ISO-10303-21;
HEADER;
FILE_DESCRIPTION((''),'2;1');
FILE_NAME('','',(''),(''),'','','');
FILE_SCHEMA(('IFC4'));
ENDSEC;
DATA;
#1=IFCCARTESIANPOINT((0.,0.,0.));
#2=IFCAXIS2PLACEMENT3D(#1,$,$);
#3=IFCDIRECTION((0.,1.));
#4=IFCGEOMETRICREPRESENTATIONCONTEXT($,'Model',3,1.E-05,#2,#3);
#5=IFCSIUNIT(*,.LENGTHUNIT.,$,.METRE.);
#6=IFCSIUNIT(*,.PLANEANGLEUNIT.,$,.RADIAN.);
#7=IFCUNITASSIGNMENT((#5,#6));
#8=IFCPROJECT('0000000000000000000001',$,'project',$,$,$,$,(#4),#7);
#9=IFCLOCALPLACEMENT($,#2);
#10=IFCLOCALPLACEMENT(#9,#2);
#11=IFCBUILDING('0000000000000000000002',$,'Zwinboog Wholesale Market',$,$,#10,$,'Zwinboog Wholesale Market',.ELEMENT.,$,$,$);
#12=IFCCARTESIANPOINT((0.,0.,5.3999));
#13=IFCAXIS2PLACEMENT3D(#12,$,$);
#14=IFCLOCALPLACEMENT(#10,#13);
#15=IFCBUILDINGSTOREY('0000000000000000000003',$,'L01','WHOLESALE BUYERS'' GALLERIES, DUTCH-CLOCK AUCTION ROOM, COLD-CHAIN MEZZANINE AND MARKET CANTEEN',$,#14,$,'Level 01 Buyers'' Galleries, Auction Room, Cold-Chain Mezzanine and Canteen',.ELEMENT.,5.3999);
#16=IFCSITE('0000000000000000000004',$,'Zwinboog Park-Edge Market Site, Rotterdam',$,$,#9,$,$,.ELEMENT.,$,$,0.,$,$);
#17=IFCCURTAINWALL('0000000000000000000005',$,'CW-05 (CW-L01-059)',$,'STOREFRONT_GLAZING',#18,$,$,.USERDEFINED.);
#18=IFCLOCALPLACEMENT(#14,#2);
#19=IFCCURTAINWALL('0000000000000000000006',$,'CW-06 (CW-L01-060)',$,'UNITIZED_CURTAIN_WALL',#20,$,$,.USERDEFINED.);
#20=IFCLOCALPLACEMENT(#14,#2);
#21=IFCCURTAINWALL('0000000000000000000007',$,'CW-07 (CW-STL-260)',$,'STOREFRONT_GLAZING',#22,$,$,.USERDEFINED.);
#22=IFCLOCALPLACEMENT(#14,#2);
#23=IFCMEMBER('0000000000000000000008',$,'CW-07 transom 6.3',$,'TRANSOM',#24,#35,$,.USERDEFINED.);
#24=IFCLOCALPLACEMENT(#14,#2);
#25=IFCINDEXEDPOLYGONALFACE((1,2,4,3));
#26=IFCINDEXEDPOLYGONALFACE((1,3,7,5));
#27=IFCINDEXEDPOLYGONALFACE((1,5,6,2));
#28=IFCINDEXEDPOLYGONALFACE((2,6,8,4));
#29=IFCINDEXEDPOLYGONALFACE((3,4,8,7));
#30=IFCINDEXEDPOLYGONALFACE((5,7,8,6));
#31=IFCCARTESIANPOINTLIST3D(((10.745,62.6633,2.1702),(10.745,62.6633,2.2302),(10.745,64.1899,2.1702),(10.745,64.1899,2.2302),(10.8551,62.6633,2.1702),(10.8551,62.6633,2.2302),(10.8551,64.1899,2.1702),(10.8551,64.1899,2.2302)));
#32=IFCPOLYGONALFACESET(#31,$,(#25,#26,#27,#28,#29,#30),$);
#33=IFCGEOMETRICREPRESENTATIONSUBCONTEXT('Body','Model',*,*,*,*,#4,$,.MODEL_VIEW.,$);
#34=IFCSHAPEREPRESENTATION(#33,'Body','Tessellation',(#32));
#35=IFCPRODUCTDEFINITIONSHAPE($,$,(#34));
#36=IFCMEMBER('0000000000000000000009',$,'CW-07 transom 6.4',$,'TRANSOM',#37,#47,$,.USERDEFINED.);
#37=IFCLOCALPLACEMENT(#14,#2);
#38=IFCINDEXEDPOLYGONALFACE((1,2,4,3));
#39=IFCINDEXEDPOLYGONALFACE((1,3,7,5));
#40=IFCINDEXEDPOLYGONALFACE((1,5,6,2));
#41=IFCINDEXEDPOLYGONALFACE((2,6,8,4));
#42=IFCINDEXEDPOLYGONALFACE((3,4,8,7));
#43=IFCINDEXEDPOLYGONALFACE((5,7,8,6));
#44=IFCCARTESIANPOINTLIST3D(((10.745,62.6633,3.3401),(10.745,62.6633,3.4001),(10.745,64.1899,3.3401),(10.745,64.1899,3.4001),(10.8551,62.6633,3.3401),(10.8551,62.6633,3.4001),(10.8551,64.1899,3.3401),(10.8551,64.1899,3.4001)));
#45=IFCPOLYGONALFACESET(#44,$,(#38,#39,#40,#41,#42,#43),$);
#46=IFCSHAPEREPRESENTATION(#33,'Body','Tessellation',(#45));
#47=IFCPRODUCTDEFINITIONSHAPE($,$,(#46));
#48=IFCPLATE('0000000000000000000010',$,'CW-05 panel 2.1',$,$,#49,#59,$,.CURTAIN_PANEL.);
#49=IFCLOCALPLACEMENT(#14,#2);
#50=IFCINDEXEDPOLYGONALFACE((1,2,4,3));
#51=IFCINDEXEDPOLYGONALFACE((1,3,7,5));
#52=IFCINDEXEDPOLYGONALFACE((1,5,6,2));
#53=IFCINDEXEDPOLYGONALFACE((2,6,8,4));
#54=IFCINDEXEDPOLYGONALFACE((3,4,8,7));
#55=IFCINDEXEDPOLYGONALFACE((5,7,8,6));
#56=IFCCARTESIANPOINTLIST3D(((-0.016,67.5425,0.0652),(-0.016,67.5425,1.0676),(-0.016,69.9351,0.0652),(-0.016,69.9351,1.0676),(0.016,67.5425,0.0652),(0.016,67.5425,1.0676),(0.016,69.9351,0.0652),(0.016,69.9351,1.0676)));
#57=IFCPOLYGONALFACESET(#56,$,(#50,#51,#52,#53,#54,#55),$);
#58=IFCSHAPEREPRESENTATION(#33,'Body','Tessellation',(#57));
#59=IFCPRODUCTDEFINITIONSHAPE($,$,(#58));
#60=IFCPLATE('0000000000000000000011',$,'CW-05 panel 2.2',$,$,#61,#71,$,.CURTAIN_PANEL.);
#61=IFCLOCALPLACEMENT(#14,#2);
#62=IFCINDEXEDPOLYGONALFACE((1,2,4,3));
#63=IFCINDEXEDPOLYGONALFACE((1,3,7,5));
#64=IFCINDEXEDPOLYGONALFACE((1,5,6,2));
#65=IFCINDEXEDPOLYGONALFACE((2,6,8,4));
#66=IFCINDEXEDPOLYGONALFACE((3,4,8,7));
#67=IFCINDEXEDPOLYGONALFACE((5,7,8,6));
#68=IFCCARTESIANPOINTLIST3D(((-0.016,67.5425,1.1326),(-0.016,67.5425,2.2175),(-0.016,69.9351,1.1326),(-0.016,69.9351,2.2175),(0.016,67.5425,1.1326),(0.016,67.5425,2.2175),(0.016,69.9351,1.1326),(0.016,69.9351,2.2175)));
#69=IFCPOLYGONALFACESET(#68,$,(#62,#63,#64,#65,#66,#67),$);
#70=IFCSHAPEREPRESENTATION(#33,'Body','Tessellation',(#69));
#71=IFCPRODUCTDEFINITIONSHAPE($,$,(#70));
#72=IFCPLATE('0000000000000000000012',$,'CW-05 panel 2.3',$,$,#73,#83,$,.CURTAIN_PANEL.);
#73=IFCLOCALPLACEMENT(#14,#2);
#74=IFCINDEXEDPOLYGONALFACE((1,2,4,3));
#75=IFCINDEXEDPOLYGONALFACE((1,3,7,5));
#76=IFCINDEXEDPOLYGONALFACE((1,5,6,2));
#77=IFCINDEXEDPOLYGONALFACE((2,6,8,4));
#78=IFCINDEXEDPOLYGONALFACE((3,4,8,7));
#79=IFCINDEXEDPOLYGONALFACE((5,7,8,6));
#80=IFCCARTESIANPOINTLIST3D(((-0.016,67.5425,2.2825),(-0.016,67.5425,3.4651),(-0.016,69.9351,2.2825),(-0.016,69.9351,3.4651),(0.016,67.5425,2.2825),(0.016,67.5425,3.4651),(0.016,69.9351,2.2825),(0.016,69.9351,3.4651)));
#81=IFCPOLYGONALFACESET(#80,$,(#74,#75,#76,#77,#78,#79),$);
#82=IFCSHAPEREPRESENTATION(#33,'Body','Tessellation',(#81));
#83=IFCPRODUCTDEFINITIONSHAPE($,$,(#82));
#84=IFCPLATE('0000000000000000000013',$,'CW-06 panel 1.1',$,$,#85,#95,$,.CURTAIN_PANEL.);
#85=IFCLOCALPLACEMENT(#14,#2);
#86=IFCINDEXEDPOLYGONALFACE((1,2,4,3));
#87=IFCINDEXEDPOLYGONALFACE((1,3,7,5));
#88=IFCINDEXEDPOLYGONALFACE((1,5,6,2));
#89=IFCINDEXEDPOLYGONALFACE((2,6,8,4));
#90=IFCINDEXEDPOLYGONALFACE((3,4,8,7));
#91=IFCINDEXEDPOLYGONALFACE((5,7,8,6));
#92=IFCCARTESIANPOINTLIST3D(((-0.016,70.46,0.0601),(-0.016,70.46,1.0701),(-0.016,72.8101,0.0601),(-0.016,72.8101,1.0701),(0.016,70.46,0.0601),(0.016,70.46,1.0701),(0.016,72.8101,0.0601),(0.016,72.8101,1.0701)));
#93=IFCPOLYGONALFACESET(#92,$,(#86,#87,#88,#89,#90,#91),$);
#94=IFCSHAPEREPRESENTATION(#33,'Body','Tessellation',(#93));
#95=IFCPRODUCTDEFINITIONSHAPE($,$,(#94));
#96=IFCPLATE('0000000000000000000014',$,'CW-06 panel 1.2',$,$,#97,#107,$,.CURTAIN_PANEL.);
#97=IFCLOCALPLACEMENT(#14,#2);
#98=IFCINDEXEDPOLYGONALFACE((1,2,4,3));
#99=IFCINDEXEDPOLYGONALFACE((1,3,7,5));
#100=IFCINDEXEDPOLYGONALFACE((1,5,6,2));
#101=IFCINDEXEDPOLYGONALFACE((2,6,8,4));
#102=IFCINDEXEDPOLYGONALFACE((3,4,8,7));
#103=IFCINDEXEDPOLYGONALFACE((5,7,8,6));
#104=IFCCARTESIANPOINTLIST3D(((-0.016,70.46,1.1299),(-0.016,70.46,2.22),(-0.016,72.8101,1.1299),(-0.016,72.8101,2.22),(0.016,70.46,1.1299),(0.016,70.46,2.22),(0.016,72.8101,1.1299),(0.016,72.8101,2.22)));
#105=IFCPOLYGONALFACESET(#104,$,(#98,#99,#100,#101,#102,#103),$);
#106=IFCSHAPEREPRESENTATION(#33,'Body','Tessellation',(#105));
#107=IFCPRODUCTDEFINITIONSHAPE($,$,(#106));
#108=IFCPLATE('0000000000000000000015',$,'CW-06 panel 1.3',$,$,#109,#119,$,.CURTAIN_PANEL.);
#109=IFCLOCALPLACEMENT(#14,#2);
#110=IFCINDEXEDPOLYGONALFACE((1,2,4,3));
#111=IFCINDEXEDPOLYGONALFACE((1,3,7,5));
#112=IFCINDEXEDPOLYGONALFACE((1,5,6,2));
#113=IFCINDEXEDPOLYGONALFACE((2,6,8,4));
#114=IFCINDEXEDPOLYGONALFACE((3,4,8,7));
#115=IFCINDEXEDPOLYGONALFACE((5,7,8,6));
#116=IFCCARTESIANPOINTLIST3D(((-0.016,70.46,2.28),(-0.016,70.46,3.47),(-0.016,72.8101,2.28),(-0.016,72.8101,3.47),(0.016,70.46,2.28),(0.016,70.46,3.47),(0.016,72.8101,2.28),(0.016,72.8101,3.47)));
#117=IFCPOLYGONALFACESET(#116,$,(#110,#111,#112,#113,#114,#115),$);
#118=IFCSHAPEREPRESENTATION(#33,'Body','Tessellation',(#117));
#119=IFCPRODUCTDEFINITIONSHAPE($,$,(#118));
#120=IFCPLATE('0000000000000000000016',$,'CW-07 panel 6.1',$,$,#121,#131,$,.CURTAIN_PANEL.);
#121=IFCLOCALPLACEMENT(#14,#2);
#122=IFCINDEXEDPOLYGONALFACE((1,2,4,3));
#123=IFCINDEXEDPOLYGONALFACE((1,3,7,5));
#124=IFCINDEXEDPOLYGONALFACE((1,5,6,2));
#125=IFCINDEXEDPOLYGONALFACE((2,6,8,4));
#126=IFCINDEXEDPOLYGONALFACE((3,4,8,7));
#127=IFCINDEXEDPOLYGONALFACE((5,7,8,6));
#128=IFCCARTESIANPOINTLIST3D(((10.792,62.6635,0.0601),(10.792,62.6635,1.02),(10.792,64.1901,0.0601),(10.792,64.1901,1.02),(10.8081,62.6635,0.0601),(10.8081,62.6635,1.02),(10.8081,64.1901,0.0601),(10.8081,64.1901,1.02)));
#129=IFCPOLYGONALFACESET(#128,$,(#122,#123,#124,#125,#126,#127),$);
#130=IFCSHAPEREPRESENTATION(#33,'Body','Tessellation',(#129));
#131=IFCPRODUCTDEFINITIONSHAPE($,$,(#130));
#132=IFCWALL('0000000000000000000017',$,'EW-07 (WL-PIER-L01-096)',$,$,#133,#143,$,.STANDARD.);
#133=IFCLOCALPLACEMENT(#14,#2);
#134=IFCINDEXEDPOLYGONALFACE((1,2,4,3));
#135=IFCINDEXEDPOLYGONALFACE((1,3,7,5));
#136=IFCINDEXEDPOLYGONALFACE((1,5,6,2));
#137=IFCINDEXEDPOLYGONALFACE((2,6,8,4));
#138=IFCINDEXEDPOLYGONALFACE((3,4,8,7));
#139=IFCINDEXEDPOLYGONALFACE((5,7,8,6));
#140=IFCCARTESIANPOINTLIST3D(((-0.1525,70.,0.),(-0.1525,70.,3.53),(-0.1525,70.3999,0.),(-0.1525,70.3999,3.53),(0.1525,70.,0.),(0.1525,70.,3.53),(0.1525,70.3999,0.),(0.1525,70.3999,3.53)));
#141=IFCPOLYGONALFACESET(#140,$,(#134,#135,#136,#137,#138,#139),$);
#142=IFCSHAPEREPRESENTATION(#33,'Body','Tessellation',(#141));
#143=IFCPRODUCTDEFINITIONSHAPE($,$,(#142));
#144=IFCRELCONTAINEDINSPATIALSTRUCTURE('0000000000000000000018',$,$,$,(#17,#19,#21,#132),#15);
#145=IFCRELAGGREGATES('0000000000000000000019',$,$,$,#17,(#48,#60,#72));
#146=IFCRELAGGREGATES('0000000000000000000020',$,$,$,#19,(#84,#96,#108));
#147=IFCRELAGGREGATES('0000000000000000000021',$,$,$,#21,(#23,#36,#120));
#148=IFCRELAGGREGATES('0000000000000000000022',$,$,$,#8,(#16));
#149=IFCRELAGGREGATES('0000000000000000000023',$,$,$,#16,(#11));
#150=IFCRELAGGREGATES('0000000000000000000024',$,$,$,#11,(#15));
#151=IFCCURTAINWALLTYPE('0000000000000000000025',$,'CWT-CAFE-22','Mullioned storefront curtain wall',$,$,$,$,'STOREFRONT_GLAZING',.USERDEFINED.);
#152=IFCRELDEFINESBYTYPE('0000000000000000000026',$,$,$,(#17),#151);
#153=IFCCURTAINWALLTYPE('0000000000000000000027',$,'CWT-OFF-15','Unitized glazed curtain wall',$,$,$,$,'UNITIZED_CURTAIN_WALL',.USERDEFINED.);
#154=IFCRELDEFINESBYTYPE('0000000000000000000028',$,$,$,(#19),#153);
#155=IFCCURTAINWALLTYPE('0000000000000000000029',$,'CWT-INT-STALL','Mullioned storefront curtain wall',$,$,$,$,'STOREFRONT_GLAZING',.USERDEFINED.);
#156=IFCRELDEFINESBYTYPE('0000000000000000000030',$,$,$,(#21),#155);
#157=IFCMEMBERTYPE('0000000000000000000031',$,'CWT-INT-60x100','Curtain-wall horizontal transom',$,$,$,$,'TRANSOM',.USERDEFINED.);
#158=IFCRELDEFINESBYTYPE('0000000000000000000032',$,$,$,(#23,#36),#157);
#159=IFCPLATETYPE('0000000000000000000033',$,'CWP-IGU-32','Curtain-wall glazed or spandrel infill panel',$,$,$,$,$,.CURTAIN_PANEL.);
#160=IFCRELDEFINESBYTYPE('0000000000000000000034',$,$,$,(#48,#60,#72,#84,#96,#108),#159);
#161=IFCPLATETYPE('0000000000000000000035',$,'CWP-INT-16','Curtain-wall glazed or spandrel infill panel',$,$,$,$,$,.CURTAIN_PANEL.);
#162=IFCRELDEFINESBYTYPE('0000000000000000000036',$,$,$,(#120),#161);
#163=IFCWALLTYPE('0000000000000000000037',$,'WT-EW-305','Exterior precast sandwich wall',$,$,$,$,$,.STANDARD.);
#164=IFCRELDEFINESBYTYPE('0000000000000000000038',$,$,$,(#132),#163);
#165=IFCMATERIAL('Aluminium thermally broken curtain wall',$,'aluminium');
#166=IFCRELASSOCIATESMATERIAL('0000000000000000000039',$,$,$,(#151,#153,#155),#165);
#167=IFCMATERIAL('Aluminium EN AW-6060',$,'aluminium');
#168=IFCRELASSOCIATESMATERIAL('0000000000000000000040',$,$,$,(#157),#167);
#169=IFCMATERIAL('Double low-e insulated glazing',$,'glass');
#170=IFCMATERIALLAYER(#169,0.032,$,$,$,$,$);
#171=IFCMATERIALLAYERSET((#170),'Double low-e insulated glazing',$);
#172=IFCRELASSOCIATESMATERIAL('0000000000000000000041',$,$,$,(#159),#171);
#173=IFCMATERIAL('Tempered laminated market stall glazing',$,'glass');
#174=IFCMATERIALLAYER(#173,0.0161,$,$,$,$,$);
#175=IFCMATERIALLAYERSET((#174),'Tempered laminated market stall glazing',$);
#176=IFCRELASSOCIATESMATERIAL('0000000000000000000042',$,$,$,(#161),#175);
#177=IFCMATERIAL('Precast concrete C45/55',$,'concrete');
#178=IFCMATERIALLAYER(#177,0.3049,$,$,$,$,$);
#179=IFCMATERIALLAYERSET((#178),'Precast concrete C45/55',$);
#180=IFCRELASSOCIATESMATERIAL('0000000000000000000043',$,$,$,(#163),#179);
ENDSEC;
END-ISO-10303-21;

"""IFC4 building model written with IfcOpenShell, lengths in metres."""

from ifc_helpers import new_model, si_unit, direction, frame, frame_2d, origin, origin_2d, place, context, subcontext, project, spatial, rectangle, extrude, material, layer, layer_set, material_profile, profile_set, type_object, element, aggregate, save


model = new_model("IFC4")

# Units and contexts
model_context = context("Model", 3, precision=1e-05, world=origin(), true_north=direction((0.0, 1.0)))
body_context = subcontext(model_context, "Body", "Model", "MODEL_VIEW")
ifc_project = project(units=[si_unit("LENGTHUNIT", "METRE"), si_unit("PLANEANGLEUNIT", "RADIAN")], contexts=[model_context])

# Site, building, storey
site_placement = place(None, origin())
site = spatial("IfcSite", under=ifc_project, at=site_placement, Name="Zwinboog Park-Edge Market Site, Rotterdam", CompositionType="ELEMENT", RefElevation=0.0)
building_placement = place(site_placement, origin())
building = spatial("IfcBuilding", under=site, at=building_placement, Name="Zwinboog Wholesale Market", LongName="Zwinboog Wholesale Market", CompositionType="ELEMENT")
storey_placement = place(building_placement, frame((0.0, 0.0, 5.3999)))
storey = spatial("IfcBuildingStorey", under=building, at=storey_placement, Name="L01", Description="WHOLESALE BUYERS' GALLERIES, DUTCH-CLOCK AUCTION ROOM, COLD-CHAIN MEZZANINE AND MARKET CANTEEN", LongName="Level 01 Buyers' Galleries, Auction Room, Cold-Chain Mezzanine and Canteen", CompositionType="ELEMENT", Elevation=5.3999)

# Curtain walls
ifc_material_1 = material(Name="Aluminium thermally broken curtain wall", Category="aluminium")
curtain_wall_type_1 = type_object("IfcCurtainWallType", Name="CWT-CAFE-22", Description="Mullioned storefront curtain wall", ElementType="STOREFRONT_GLAZING", PredefinedType="USERDEFINED", material=ifc_material_1)
curtain_wall_1_placement = place(storey_placement, origin())
curtain_wall_1 = element("IfcCurtainWall", 1, at=curtain_wall_1_placement, inside=storey, type_object=curtain_wall_type_1, Name="CW-05 (CW-L01-059)", ObjectType="STOREFRONT_GLAZING", PredefinedType="USERDEFINED")
ifc_material_2 = material(Name="Aluminium EN AW-6060", Category="aluminium")
curtain_wall_type_2 = type_object("IfcCurtainWallType", Name="CWT-OFF-15", Description="Unitized glazed curtain wall", ElementType="UNITIZED_CURTAIN_WALL", PredefinedType="USERDEFINED", material=ifc_material_1)
curtain_wall_2_placement = place(storey_placement, origin())
curtain_wall_2 = element("IfcCurtainWall", 2, at=curtain_wall_2_placement, inside=storey, type_object=curtain_wall_type_2, Name="CW-06 (CW-L01-060)", ObjectType="UNITIZED_CURTAIN_WALL", PredefinedType="USERDEFINED")

# Curtain wall, members
curtain_wall_type_3 = type_object("IfcCurtainWallType", Name="CWT-INT-STALL", Description="Mullioned storefront curtain wall", ElementType="STOREFRONT_GLAZING", PredefinedType="USERDEFINED", material=ifc_material_1)
curtain_wall_3_placement = place(storey_placement, origin())
curtain_wall_3 = element("IfcCurtainWall", 3, at=curtain_wall_3_placement, inside=storey, type_object=curtain_wall_type_3, Name="CW-07 (CW-STL-260)", ObjectType="STOREFRONT_GLAZING", PredefinedType="USERDEFINED")
ifc_material_profile_1 = material_profile(ifc_material_2, rectangle(XDim=0.1101, YDim=0.0601, at=origin_2d()), Name="AL 60x110")
ifc_profile_set_1 = profile_set([ifc_material_profile_1], Name="Aluminium EN AW-6060")
member_type_1 = type_object("IfcMemberType", Name="CWT-INT-60x100", Description="Curtain-wall horizontal transom", ElementType="TRANSOM", PredefinedType="USERDEFINED", material=ifc_profile_set_1)
member_1_placement = place(storey_placement, frame((10.8, 62.6633, 2.2002), z_axis=(0.0, 1.0, 0.0), x_axis=(-1.0, 0.0, 0.0)))
member_1 = element("IfcMember", 4, at=member_1_placement, type_object=member_type_1, Name="CW-07 transom 6.3", ObjectType="TRANSOM", PredefinedType="USERDEFINED", context=body_context, shape_type="SweptSolid", body=[
    extrude(rectangle(XDim=0.1101, YDim=0.0601, at=origin_2d()), origin(), (0.0, 0.0, 1.0), 1.5266),
])
member_2_placement = place(storey_placement, frame((10.8, 62.6633, 3.3701), z_axis=(0.0, 1.0, 0.0), x_axis=(-1.0, 0.0, 0.0)))
member_2 = element("IfcMember", 5, at=member_2_placement, type_object=member_type_1, Name="CW-07 transom 6.4", ObjectType="TRANSOM", PredefinedType="USERDEFINED", context=body_context, shape_type="SweptSolid", body=[
    extrude(rectangle(XDim=0.1101, YDim=0.0601, at=origin_2d()), origin(), (0.0, 0.0, 1.0), 1.5266),
])

# Plates
ifc_material_3 = material(Name="Double low-e insulated glazing", Category="glass")
ifc_layer_1 = layer(ifc_material_3, 0.032)
ifc_layer_set_1 = layer_set([ifc_layer_1], Name="Double low-e insulated glazing")
plate_type_1 = type_object("IfcPlateType", Name="CWP-IGU-32", Description="Curtain-wall glazed or spandrel infill panel", PredefinedType="CURTAIN_PANEL", material=ifc_layer_set_1)
plate_1_placement = place(storey_placement, frame((0.0, 68.7388, 0.0652), z_axis=(0.0, 0.0, 1.0), x_axis=(0.0, 1.0, 0.0)))
plate_1 = element("IfcPlate", 6, at=plate_1_placement, type_object=plate_type_1, Name="CW-05 panel 2.1", PredefinedType="CURTAIN_PANEL", context=body_context, shape_type="SweptSolid", body=[
    extrude(rectangle(XDim=2.3926, YDim=0.032, at=origin_2d()), origin(), (0.0, 0.0, 1.0), 1.0024),
])
plate_2_placement = place(storey_placement, frame((0.0, 68.7388, 1.1326), z_axis=(0.0, 0.0, 1.0), x_axis=(0.0, 1.0, 0.0)))
plate_2 = element("IfcPlate", 7, at=plate_2_placement, type_object=plate_type_1, Name="CW-05 panel 2.2", PredefinedType="CURTAIN_PANEL", context=body_context, shape_type="SweptSolid", body=[
    extrude(rectangle(XDim=2.3926, YDim=0.032, at=origin_2d()), origin(), (0.0, 0.0, 1.0), 1.085),
])
plate_3_placement = place(storey_placement, frame((0.0, 68.7388, 2.2825), z_axis=(0.0, 0.0, 1.0), x_axis=(0.0, 1.0, 0.0)))
plate_3 = element("IfcPlate", 8, at=plate_3_placement, type_object=plate_type_1, Name="CW-05 panel 2.3", PredefinedType="CURTAIN_PANEL", context=body_context, shape_type="SweptSolid", body=[
    extrude(rectangle(XDim=2.3926, YDim=0.032, at=origin_2d()), origin(), (0.0, 0.0, 1.0), 1.1826),
])
aggregate(curtain_wall_1, [plate_1, plate_2, plate_3])
plate_4_placement = place(storey_placement, frame((0.0, 71.635, 0.0601), z_axis=(0.0, 0.0, 1.0), x_axis=(0.0, 1.0, 0.0)))
plate_4 = element("IfcPlate", 9, at=plate_4_placement, type_object=plate_type_1, Name="CW-06 panel 1.1", PredefinedType="CURTAIN_PANEL", context=body_context, shape_type="SweptSolid", body=[
    extrude(rectangle(XDim=2.3501, YDim=0.032, at=origin_2d()), origin(), (0.0, 0.0, 1.0), 1.01),
])
plate_5_placement = place(storey_placement, frame((0.0, 71.635, 1.1299), z_axis=(0.0, 0.0, 1.0), x_axis=(0.0, 1.0, 0.0)))
plate_5 = element("IfcPlate", 10, at=plate_5_placement, type_object=plate_type_1, Name="CW-06 panel 1.2", PredefinedType="CURTAIN_PANEL", context=body_context, shape_type="SweptSolid", body=[
    extrude(rectangle(XDim=2.3501, YDim=0.032, at=origin_2d()), origin(), (0.0, 0.0, 1.0), 1.0901),
])
plate_6_placement = place(storey_placement, frame((0.0, 71.635, 2.28), z_axis=(0.0, 0.0, 1.0), x_axis=(0.0, 1.0, 0.0)))
plate_6 = element("IfcPlate", 11, at=plate_6_placement, type_object=plate_type_1, Name="CW-06 panel 1.3", PredefinedType="CURTAIN_PANEL", context=body_context, shape_type="SweptSolid", body=[
    extrude(rectangle(XDim=2.3501, YDim=0.032, at=origin_2d()), origin(), (0.0, 0.0, 1.0), 1.1899),
])
aggregate(curtain_wall_2, [plate_4, plate_5, plate_6])
ifc_material_4 = material(Name="Tempered laminated market stall glazing", Category="glass")
ifc_layer_2 = layer(ifc_material_4, 0.0161)
ifc_layer_set_2 = layer_set([ifc_layer_2], Name="Tempered laminated market stall glazing")
plate_type_2 = type_object("IfcPlateType", Name="CWP-INT-16", Description="Curtain-wall glazed or spandrel infill panel", PredefinedType="CURTAIN_PANEL", material=ifc_layer_set_2)
plate_7_placement = place(storey_placement, frame((10.8, 63.4268, 0.0601), z_axis=(0.0, 0.0, 1.0), x_axis=(0.0, 1.0, 0.0)))
plate_7 = element("IfcPlate", 12, at=plate_7_placement, type_object=plate_type_2, Name="CW-07 panel 6.1", PredefinedType="CURTAIN_PANEL", context=body_context, shape_type="SweptSolid", body=[
    extrude(rectangle(XDim=1.5266, YDim=0.0161, at=origin_2d()), origin(), (0.0, 0.0, 1.0), 0.96),
])
aggregate(curtain_wall_3, [member_1, member_2, plate_7])

# Wall
ifc_material_5 = material(Name="Precast concrete C45/55", Category="concrete")
ifc_layer_3 = layer(ifc_material_5, 0.3049)
ifc_layer_set_3 = layer_set([ifc_layer_3], Name="Precast concrete C45/55")
wall_type = type_object("IfcWallType", Name="WT-EW-305", Description="Exterior precast sandwich wall", PredefinedType="STANDARD", material=ifc_layer_set_3)
wall_placement = place(storey_placement, frame((0.0, 70.0, 0.0), z_axis=(0.0, 0.0, 1.0), x_axis=(0.0, 1.0, 0.0)))
element("IfcWall", 13, at=wall_placement, inside=storey, type_object=wall_type, Name="EW-07 (WL-PIER-L01-096)", PredefinedType="STANDARD", context=body_context, shape_type="SweptSolid", body=[
    extrude(rectangle(XDim=0.3999, YDim=0.3049, at=frame_2d((0.2, 0.0))), origin(), (0.0, 0.0, 1.0), 3.53),
])

save(model, "model.ifc")
